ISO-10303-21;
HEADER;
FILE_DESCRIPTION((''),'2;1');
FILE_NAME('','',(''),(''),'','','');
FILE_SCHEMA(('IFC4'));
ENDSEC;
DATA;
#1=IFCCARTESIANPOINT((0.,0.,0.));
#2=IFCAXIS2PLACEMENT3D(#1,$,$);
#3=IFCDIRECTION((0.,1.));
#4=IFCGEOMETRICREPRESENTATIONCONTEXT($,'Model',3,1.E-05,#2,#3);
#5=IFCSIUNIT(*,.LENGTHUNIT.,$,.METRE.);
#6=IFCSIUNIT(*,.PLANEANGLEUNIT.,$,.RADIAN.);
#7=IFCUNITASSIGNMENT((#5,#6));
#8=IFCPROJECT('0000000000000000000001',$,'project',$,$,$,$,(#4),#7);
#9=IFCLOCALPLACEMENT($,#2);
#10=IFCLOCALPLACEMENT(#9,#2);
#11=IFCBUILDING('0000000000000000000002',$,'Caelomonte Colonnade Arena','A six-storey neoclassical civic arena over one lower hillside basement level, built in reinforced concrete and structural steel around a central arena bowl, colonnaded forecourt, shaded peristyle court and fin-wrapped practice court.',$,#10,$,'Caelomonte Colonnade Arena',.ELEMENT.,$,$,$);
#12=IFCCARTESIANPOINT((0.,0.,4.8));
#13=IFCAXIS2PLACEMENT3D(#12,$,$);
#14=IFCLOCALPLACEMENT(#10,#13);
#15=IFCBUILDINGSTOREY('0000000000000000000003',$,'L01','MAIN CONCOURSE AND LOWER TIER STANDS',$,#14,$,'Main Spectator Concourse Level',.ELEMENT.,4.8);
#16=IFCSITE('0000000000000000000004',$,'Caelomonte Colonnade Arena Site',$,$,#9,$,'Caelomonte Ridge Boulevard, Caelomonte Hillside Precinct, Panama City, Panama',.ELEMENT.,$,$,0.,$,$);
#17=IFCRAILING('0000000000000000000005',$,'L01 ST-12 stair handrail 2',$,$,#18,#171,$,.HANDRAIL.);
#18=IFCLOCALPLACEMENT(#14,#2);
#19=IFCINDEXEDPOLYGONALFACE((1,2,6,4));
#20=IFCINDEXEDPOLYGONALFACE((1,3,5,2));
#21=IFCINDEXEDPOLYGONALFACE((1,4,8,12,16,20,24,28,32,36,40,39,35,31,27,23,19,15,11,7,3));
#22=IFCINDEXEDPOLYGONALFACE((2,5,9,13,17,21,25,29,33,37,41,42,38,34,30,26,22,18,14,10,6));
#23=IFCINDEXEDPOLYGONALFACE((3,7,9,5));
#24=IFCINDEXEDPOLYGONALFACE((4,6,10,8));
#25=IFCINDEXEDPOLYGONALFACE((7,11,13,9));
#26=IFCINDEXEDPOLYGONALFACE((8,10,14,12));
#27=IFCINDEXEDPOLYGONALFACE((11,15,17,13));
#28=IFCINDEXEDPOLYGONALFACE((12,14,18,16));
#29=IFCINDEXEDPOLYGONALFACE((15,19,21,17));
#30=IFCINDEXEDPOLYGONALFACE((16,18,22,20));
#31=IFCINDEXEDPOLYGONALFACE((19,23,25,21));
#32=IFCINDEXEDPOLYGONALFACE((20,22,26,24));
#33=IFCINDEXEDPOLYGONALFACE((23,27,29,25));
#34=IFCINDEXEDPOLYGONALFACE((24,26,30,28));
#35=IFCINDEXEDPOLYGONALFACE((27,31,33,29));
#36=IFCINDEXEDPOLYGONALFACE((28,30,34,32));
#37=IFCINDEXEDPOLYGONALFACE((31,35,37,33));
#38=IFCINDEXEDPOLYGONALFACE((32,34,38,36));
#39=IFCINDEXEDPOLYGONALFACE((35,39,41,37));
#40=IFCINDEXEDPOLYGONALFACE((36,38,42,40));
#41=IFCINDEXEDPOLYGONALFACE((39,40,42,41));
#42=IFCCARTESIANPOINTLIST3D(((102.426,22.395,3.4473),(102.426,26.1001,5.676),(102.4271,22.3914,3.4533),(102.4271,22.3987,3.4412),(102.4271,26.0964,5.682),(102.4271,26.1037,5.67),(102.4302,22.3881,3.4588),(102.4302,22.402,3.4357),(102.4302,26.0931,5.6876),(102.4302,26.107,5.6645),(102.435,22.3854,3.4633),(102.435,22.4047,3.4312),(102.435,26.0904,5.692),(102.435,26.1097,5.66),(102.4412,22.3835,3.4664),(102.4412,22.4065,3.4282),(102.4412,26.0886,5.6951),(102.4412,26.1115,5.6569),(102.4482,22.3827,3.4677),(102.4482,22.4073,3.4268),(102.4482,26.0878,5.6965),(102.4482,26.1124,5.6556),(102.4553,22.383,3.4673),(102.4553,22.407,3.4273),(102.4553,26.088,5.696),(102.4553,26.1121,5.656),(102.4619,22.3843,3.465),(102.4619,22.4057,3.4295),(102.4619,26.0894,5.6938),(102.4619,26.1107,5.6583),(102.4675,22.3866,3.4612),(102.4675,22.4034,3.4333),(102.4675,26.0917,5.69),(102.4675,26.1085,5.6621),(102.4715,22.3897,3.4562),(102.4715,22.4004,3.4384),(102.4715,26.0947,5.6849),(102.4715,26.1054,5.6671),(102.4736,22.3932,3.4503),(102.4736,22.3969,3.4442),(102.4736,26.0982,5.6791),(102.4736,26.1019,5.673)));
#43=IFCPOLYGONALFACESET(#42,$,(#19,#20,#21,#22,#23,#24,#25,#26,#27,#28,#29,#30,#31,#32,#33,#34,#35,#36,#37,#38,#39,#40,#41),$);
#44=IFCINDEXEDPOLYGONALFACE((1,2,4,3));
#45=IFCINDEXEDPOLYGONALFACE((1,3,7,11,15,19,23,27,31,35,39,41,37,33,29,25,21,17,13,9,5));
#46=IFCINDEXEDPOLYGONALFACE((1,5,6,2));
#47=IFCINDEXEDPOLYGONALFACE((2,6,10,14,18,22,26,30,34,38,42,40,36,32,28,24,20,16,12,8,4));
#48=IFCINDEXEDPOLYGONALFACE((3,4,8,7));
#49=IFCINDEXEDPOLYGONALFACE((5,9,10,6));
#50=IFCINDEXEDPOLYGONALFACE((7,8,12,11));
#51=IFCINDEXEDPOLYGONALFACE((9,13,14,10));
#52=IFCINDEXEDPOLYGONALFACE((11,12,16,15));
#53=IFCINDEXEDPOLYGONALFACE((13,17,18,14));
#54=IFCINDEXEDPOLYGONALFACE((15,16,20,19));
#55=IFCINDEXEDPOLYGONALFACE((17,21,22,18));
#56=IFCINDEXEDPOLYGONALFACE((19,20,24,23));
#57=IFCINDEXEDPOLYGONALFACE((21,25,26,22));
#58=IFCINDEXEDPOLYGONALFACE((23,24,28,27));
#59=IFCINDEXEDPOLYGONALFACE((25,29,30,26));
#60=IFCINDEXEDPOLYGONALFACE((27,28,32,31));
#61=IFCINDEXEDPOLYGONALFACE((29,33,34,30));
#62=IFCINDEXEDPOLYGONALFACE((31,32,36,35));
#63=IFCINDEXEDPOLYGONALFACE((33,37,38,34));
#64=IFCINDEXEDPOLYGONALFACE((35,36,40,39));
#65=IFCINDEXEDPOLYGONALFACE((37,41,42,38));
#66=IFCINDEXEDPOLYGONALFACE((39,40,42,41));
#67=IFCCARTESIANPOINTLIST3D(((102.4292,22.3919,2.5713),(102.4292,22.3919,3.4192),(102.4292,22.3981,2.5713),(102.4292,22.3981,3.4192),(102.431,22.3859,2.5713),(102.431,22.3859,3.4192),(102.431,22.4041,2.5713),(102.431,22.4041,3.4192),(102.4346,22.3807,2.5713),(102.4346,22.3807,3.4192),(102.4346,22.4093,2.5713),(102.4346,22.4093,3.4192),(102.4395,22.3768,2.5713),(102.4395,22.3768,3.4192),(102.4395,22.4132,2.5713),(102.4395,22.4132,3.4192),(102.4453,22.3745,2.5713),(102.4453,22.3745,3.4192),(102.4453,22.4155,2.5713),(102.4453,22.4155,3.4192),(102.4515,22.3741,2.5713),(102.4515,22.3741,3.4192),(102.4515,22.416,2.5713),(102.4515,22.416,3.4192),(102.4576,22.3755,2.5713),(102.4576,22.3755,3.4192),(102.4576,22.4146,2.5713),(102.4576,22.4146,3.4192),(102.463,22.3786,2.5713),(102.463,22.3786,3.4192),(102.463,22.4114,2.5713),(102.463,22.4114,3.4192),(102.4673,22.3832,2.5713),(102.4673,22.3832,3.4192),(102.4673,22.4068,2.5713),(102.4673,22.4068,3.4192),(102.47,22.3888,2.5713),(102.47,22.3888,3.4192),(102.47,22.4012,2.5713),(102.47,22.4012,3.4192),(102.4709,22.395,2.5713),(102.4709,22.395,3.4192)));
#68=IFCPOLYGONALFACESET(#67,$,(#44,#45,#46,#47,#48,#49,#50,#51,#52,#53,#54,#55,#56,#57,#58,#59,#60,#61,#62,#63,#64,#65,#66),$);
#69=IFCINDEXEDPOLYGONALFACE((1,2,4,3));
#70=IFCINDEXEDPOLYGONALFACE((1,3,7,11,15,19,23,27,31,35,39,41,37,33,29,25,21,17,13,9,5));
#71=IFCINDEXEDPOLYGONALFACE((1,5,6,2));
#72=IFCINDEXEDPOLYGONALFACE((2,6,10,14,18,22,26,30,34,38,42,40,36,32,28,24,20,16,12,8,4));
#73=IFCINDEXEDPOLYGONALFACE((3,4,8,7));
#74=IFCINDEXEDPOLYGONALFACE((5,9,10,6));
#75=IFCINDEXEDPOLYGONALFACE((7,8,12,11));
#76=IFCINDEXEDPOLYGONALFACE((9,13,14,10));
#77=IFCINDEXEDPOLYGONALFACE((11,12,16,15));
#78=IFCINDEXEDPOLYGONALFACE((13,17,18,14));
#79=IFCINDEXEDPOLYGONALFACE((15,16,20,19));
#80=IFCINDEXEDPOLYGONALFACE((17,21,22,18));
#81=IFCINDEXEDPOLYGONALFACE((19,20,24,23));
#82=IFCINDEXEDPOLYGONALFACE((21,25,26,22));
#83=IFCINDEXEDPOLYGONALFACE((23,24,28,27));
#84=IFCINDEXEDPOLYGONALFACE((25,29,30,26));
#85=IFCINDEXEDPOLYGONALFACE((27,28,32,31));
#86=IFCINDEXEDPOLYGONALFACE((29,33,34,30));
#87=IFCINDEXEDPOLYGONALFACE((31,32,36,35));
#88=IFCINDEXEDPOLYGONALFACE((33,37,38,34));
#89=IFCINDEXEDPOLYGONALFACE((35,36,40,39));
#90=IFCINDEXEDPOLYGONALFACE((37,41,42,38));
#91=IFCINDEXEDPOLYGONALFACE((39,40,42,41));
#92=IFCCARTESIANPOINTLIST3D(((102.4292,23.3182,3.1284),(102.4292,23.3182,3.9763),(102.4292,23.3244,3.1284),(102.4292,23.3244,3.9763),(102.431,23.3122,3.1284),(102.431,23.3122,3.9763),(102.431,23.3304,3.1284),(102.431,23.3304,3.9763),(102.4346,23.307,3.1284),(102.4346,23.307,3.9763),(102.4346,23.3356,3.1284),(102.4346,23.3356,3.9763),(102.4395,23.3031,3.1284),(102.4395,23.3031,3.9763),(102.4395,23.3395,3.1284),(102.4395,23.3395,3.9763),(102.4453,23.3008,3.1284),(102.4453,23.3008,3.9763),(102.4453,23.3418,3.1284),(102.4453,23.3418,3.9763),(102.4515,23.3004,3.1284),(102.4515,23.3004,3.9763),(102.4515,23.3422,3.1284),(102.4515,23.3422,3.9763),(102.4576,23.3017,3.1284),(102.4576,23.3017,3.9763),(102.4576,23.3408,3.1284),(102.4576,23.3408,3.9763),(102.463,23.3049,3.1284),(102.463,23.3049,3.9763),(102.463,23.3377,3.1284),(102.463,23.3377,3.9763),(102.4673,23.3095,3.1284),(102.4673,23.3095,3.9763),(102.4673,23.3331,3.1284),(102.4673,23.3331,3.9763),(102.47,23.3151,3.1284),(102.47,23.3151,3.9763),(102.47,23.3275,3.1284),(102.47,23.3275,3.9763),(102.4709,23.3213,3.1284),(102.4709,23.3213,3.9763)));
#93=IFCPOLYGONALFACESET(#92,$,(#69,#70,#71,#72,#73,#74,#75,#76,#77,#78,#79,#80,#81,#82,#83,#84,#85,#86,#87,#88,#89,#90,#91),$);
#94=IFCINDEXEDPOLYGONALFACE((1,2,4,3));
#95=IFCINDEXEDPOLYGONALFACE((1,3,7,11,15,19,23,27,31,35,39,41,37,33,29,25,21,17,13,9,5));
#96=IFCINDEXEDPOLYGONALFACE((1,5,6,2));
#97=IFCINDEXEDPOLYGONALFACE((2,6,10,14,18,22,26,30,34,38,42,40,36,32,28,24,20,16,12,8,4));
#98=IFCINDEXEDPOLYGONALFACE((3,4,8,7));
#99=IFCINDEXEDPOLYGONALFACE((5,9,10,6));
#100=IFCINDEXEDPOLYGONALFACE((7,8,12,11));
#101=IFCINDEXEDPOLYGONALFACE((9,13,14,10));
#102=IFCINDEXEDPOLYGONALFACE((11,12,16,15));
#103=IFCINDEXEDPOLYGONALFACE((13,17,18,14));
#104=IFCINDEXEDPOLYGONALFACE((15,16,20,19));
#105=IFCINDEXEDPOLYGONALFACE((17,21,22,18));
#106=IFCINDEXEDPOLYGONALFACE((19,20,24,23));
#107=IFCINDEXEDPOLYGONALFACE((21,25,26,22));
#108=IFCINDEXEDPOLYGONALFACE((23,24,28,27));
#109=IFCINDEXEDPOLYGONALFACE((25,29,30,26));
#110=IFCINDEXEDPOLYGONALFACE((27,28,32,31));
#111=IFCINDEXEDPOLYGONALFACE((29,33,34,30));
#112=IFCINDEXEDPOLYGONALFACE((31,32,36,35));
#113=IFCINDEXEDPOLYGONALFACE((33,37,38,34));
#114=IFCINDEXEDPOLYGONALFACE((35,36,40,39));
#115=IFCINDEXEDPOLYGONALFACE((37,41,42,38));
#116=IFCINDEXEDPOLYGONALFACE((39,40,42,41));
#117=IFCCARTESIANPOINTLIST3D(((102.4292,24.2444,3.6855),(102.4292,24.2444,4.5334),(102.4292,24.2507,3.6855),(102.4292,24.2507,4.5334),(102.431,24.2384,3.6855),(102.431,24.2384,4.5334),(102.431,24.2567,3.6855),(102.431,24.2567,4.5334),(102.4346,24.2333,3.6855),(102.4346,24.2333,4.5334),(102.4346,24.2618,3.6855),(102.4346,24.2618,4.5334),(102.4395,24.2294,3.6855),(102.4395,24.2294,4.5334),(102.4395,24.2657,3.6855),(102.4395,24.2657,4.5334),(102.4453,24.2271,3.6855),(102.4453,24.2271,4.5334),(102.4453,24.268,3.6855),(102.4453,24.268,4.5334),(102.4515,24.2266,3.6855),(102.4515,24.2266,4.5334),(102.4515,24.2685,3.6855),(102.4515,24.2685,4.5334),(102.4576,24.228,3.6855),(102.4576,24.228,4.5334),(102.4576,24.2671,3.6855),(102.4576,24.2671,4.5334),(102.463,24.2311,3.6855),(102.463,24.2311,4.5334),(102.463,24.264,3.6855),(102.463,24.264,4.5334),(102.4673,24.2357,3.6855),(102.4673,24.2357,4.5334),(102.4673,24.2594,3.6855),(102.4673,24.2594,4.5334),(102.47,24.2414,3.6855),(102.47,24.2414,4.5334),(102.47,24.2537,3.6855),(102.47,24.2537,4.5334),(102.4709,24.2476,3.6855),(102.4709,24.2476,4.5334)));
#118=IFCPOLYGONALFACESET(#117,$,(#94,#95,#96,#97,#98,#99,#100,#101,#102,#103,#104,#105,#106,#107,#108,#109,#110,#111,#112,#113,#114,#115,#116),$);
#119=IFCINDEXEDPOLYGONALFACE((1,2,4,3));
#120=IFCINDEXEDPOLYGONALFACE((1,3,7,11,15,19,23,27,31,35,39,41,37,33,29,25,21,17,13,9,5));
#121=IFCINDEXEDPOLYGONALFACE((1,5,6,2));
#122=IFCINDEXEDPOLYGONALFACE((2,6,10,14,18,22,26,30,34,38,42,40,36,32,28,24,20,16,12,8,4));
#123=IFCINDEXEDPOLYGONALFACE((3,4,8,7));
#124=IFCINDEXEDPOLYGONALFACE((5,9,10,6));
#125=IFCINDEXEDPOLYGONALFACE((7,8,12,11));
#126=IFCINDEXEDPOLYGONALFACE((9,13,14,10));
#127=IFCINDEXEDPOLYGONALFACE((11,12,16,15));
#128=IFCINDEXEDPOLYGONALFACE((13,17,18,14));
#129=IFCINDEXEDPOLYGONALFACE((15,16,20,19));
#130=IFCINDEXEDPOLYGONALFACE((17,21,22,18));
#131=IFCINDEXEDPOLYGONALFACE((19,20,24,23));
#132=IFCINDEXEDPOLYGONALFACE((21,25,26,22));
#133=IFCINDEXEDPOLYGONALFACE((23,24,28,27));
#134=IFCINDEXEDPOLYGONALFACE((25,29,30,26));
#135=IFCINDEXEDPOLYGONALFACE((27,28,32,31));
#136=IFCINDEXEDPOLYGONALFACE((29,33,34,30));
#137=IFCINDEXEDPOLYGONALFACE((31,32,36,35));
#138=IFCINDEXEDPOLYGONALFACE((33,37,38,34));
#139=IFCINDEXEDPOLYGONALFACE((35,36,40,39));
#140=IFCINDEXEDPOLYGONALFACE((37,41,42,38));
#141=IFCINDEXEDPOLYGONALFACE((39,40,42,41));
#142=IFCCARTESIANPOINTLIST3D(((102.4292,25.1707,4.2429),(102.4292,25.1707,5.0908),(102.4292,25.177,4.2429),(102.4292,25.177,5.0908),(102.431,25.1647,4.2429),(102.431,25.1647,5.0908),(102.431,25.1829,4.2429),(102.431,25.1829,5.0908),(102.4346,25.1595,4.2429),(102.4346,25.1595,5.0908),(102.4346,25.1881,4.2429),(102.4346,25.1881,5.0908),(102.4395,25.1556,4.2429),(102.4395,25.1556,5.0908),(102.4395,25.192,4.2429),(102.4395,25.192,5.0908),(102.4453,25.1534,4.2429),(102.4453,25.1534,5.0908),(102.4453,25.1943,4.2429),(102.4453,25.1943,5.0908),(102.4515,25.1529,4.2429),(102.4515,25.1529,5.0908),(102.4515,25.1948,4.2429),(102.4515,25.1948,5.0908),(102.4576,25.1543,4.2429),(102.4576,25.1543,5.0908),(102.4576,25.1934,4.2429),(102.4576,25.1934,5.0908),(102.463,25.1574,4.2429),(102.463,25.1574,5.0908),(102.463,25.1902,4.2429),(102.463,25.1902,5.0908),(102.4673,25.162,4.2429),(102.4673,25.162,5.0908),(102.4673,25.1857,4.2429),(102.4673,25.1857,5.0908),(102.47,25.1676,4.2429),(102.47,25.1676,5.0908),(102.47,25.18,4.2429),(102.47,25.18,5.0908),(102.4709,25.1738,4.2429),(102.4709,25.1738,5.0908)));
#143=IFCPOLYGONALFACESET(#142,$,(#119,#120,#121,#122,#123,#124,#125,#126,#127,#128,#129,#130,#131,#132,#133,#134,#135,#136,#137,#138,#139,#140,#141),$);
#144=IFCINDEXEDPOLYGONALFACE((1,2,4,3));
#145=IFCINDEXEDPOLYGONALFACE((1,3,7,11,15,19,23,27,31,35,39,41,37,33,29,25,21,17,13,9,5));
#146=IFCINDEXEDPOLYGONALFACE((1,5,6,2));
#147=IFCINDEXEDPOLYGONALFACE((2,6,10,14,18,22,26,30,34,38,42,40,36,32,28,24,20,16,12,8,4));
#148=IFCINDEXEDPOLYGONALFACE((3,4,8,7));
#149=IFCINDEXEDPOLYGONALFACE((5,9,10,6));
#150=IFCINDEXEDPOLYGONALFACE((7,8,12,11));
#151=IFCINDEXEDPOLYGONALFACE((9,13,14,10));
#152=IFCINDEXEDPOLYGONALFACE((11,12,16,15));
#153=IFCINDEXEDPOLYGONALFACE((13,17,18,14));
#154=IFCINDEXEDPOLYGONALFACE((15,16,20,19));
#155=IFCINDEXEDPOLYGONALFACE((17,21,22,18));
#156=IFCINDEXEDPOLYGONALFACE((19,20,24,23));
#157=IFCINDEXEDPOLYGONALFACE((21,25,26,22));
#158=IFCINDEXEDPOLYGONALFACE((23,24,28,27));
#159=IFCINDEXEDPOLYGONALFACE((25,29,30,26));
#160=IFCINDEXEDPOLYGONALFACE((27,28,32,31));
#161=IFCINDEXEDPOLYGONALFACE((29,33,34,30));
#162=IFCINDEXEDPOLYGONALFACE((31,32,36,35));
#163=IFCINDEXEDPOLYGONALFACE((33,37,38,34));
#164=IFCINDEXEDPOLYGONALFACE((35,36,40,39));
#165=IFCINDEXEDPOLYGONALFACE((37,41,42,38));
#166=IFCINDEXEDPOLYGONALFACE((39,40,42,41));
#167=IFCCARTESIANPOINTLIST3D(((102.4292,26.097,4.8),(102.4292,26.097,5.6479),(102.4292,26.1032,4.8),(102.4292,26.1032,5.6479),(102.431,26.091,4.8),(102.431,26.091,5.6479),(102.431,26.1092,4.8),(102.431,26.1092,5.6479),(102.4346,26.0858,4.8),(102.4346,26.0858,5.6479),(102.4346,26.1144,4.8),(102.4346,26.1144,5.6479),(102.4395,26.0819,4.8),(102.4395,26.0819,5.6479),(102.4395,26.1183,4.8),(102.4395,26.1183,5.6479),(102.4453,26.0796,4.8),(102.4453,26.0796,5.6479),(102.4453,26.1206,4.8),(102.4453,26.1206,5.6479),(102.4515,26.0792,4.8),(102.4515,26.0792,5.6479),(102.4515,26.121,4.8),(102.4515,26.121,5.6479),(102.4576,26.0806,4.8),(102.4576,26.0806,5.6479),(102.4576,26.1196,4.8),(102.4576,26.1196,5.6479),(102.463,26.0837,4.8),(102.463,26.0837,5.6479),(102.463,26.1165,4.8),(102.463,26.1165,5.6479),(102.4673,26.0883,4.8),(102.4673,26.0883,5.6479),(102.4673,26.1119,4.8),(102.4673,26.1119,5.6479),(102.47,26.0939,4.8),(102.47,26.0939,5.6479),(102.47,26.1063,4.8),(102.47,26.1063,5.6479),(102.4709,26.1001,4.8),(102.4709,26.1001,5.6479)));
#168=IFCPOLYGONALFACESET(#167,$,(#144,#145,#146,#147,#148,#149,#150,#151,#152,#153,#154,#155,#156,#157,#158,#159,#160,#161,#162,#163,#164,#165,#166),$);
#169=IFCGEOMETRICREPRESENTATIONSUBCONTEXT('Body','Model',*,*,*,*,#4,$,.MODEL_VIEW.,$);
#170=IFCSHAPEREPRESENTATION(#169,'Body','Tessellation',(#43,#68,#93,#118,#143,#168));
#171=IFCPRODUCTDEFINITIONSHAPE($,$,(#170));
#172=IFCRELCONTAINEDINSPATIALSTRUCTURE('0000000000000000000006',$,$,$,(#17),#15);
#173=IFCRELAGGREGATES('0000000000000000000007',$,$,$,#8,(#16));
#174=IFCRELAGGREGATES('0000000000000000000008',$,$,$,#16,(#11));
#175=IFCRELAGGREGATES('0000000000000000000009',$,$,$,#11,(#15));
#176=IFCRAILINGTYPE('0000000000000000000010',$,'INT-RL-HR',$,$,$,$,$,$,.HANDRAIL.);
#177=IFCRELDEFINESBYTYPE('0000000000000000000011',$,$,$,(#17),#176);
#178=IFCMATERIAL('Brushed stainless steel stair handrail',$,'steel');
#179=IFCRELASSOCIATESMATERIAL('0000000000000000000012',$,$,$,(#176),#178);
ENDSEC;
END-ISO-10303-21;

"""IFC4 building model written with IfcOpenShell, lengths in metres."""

from ifc_helpers import new_model, si_unit, direction, frame, origin, origin_2d, place, context, subcontext, project, spatial, circle, extrude, material, type_object, element, save


model = new_model("IFC4")

# Units and contexts
model_context = context("Model", 3, precision=1e-05, world=origin(), true_north=direction((0.0, 1.0)))
body_context = subcontext(model_context, "Body", "Model", "MODEL_VIEW")
ifc_project = project(units=[si_unit("LENGTHUNIT", "METRE"), si_unit("PLANEANGLEUNIT", "RADIAN")], contexts=[model_context])

# Site, building, storey
site_placement = place(None, origin())
site = spatial("IfcSite", under=ifc_project, at=site_placement, Name="Caelomonte Colonnade Arena Site", LongName="Caelomonte Ridge Boulevard, Caelomonte Hillside Precinct, Panama City, Panama", CompositionType="ELEMENT", RefElevation=0.0)
building_placement = place(site_placement, origin())
building = spatial("IfcBuilding", under=site, at=building_placement, Name="Caelomonte Colonnade Arena", Description="A six-storey neoclassical civic arena over one lower hillside basement level, built in reinforced concrete and structural steel around a central arena bowl, colonnaded forecourt, shaded peristyle court and fin-wrapped practice court.", LongName="Caelomonte Colonnade Arena", CompositionType="ELEMENT")
storey_placement = place(building_placement, frame((0.0, 0.0, 4.8)))
storey = spatial("IfcBuildingStorey", under=building, at=storey_placement, Name="L01", Description="MAIN CONCOURSE AND LOWER TIER STANDS", LongName="Main Spectator Concourse Level", CompositionType="ELEMENT", Elevation=4.8)

# Railing
ifc_material_1 = material(Name="Brushed stainless steel stair handrail", Category="steel")
railing_type_1 = type_object("IfcRailingType", Name="INT-RL-HR", PredefinedType="HANDRAIL", material=ifc_material_1)
railing_1_placement = place(storey_placement, frame((102.45, 22.395, 2.5713)))
element("IfcRailing", 1, at=railing_1_placement, inside=storey, type_object=railing_type_1, Name="L01 ST-12 stair handrail 2", PredefinedType="HANDRAIL", context=body_context, shape_type="SweptSolid", body=[
    extrude(circle(Radius=0.0239, at=origin_2d()), frame((0.0, 0.0, 0.876), z_axis=(0.0, 0.856909, 0.515467), x_axis=(-1.0, 0.0, 0.0)), (0.0, 0.0, 1.0), 4.3237),
    extrude(circle(Radius=0.021, at=origin_2d()), origin(), (0.0, 0.0, 1.0), 0.8479),
    extrude(circle(Radius=0.021, at=origin_2d()), frame((0.0, 0.9263, 0.5571)), (0.0, 0.0, 1.0), 0.8479),
    extrude(circle(Radius=0.021, at=origin_2d()), frame((0.0, 1.8525, 1.1143)), (0.0, 0.0, 1.0), 0.8479),
    extrude(circle(Radius=0.021, at=origin_2d()), frame((0.0, 2.7788, 1.6716)), (0.0, 0.0, 1.0), 0.8479),
    extrude(circle(Radius=0.021, at=origin_2d()), frame((0.0, 3.7051, 2.2288)), (0.0, 0.0, 1.0), 0.8479),
])

save(model, "model.ifc")
